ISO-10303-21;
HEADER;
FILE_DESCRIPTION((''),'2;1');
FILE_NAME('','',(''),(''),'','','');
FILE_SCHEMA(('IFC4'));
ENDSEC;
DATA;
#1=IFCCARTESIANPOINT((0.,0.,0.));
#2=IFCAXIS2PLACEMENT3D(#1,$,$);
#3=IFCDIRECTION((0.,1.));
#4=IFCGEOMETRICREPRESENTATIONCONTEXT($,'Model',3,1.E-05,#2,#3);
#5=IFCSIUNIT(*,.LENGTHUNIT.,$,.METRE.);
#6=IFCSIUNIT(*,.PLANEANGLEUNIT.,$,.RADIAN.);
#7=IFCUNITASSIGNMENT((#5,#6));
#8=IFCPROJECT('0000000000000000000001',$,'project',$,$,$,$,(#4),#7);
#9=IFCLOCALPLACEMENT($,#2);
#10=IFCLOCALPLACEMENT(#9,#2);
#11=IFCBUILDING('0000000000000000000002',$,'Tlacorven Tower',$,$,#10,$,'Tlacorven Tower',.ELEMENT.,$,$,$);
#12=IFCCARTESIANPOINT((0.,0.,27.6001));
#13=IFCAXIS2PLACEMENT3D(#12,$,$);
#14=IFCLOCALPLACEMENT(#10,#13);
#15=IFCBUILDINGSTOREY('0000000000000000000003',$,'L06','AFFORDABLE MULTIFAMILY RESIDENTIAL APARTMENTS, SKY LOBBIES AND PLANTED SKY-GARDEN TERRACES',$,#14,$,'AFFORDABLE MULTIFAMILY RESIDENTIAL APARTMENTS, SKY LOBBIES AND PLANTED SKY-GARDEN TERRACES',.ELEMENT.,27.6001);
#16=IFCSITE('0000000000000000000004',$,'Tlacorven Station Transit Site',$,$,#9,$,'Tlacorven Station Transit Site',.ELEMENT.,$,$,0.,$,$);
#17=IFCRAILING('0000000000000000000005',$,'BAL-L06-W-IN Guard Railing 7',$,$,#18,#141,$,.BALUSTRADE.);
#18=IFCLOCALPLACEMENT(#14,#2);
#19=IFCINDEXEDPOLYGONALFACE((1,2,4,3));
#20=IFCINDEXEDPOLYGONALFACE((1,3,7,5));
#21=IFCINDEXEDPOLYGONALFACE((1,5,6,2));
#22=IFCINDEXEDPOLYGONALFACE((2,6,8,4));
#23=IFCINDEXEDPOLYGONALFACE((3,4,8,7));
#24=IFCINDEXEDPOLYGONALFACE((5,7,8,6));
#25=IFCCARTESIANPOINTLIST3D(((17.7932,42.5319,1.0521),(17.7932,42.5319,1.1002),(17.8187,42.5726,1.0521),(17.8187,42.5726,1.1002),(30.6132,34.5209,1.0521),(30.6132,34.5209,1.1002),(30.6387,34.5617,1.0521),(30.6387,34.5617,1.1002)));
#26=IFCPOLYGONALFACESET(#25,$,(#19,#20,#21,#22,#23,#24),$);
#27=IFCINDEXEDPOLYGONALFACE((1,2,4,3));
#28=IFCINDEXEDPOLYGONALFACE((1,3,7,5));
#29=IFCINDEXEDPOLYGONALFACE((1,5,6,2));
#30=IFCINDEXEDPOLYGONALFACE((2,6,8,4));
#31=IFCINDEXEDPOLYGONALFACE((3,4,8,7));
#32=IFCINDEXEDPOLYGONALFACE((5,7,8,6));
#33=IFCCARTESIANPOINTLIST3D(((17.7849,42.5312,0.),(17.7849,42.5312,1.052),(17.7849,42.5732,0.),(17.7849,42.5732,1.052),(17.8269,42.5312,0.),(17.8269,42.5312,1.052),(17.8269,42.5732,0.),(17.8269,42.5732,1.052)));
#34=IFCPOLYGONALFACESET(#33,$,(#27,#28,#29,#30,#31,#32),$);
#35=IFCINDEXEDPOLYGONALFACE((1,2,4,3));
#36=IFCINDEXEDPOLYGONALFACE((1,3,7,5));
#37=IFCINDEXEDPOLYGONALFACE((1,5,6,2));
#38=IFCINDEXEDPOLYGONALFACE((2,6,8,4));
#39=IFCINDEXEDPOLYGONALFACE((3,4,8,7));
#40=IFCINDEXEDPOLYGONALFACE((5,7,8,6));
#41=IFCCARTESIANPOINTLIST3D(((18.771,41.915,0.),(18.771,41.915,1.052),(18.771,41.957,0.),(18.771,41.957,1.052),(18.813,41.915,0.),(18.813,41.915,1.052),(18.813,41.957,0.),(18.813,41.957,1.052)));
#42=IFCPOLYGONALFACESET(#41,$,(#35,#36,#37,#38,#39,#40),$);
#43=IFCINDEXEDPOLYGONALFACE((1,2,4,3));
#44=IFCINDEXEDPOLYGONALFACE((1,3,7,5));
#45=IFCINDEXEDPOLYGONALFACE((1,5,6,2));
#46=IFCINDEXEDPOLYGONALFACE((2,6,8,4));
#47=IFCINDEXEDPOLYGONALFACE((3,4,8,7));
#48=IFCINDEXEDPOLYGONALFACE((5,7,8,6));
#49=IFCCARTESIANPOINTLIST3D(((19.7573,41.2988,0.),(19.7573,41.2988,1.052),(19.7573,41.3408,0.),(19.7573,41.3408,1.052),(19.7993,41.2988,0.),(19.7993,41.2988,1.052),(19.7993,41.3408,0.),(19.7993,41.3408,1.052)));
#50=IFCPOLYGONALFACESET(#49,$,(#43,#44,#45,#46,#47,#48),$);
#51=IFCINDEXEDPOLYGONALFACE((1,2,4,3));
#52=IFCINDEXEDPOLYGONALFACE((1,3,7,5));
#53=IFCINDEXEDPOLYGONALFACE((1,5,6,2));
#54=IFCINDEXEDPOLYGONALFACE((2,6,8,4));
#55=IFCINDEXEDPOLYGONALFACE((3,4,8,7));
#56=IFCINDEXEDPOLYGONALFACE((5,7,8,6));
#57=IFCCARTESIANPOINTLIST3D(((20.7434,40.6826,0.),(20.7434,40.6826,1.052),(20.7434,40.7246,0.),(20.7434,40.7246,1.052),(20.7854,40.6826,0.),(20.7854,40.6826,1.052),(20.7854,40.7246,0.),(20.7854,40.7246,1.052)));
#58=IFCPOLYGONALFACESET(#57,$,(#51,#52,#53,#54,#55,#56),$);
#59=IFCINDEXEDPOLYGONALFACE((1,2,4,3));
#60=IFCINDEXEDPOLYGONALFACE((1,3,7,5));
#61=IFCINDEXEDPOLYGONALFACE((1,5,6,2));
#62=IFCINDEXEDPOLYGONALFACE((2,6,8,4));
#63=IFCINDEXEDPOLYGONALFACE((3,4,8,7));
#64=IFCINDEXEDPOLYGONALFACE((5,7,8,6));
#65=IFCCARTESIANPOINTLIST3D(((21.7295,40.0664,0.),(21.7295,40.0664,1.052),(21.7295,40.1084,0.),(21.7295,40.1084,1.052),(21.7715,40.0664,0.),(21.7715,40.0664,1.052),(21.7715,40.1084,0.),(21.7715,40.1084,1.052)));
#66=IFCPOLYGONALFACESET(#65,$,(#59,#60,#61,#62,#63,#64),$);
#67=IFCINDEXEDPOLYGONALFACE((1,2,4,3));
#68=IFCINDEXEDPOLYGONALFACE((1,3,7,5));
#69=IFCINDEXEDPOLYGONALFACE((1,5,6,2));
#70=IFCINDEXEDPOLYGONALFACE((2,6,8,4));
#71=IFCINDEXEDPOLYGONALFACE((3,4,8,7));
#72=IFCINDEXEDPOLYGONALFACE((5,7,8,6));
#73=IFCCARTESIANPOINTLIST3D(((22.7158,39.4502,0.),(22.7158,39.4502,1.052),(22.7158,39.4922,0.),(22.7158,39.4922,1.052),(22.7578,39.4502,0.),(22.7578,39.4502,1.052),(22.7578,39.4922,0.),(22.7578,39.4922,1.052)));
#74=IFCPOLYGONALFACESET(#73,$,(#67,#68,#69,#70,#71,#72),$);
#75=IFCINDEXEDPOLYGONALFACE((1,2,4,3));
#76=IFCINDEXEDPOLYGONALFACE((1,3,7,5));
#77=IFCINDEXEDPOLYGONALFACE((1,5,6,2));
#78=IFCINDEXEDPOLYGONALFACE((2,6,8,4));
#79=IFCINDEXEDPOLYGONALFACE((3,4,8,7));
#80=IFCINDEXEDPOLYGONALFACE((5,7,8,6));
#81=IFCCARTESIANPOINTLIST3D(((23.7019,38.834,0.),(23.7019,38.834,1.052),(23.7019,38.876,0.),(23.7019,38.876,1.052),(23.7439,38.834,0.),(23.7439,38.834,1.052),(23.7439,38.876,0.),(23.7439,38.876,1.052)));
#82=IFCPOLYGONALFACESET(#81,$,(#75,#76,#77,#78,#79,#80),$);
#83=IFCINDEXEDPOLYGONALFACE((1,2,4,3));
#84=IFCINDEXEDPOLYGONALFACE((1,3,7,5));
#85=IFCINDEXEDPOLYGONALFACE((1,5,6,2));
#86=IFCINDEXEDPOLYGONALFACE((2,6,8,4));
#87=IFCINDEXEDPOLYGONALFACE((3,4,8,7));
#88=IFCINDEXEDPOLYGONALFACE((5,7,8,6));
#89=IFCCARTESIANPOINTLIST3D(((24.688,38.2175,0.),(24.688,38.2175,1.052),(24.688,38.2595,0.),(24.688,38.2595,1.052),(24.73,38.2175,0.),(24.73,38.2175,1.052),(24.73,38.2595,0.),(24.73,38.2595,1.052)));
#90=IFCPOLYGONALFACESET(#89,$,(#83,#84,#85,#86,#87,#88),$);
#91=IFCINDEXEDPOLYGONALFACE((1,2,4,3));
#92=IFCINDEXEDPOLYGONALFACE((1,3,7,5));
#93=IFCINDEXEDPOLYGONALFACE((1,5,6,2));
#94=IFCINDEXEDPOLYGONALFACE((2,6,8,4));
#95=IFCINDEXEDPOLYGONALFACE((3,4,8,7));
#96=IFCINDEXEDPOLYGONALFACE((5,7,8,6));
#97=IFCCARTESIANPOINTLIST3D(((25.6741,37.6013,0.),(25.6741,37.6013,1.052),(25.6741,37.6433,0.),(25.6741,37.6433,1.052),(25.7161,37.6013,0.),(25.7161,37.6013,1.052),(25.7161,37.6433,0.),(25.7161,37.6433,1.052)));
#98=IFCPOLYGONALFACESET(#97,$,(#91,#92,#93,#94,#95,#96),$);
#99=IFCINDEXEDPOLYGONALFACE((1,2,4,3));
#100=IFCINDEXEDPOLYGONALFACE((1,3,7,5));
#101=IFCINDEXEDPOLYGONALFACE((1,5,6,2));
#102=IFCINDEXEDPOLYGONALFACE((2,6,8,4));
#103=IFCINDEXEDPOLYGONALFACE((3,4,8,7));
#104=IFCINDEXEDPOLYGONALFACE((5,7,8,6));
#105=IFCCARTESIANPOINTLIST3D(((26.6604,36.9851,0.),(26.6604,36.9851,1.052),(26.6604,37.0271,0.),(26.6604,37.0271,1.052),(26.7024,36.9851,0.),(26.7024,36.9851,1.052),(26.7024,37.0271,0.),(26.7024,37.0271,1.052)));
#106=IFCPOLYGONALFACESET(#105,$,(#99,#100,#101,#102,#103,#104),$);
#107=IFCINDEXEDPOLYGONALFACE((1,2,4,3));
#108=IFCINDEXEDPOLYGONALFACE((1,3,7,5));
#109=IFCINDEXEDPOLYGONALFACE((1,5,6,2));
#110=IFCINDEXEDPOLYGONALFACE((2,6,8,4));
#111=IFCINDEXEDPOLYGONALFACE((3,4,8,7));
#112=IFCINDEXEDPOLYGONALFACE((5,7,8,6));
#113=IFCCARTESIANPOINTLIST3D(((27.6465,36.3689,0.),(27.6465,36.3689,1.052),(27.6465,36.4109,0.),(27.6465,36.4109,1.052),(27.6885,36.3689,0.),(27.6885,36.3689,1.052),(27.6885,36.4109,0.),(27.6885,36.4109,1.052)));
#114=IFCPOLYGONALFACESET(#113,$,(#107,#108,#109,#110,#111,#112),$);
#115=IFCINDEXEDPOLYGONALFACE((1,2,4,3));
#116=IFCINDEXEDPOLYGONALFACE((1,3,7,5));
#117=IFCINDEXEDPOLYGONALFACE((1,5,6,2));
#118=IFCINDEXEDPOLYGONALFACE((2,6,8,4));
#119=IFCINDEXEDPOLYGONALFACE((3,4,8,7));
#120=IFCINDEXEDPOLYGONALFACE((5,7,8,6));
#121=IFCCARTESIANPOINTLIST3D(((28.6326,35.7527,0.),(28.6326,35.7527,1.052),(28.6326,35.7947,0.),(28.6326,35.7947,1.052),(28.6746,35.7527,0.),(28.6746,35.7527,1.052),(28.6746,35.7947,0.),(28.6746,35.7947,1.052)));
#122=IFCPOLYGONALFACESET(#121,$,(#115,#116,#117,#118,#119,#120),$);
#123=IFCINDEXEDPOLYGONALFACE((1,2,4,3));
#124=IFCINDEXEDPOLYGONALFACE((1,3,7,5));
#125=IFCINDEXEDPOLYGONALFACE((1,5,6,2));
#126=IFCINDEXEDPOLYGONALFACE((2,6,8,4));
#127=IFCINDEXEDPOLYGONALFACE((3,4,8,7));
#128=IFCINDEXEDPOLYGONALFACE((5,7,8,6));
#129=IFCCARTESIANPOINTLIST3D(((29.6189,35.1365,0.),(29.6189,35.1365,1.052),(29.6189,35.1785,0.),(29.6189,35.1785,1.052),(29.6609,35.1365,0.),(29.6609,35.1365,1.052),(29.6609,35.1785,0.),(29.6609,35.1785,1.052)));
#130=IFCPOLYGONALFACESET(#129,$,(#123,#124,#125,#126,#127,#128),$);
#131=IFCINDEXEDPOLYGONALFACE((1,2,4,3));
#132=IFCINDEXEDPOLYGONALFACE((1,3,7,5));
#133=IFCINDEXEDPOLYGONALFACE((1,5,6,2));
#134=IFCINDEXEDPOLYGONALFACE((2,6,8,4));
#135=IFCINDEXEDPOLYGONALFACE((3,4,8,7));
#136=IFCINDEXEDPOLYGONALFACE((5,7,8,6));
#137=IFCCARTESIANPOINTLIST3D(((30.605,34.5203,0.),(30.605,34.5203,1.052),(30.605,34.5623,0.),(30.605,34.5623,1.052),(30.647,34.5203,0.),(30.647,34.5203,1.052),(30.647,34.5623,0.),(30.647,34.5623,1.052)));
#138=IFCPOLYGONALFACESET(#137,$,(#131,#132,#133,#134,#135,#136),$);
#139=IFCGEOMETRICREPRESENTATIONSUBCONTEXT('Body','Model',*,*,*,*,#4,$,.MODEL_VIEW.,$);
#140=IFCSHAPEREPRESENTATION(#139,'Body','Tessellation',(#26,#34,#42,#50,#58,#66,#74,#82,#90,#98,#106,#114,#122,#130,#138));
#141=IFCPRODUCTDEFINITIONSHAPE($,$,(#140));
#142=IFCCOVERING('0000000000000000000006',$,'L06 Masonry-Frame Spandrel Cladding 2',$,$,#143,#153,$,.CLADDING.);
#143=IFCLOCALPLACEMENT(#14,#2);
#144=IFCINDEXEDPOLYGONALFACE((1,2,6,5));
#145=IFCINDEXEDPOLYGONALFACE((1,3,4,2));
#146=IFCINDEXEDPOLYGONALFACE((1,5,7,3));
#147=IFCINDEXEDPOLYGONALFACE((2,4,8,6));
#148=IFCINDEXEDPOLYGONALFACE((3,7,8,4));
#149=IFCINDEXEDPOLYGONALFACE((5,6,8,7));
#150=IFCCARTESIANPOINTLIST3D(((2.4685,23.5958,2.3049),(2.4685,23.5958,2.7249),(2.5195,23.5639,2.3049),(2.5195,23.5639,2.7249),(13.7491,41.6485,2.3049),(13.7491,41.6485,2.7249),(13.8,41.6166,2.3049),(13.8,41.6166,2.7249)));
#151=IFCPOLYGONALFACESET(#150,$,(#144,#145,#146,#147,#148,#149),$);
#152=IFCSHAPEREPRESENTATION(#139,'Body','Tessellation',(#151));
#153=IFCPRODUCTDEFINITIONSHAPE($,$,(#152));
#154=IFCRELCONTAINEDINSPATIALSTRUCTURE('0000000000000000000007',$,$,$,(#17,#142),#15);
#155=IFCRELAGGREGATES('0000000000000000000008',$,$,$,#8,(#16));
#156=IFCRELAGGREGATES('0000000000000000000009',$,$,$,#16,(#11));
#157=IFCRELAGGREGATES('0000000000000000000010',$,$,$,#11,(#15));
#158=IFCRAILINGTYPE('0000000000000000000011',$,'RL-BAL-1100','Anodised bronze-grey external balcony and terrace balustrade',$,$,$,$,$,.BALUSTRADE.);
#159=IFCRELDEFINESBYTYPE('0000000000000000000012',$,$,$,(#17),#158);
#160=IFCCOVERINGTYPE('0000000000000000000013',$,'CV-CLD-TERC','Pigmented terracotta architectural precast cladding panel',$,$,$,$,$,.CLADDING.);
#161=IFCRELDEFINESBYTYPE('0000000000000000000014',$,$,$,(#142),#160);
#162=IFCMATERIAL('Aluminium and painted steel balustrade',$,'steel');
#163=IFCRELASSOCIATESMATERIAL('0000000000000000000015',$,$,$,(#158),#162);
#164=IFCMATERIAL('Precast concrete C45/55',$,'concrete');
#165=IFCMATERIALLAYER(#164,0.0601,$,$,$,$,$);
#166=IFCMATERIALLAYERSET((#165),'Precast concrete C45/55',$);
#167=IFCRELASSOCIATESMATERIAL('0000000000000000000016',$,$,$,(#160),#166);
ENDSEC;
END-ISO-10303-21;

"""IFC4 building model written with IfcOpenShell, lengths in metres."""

from ifc_helpers import new_model, si_unit, direction, frame, origin, origin_2d, place, context, subcontext, project, spatial, rectangle, extrude, source, transform, mapped, material, layer, layer_set, type_object, element, save


model = new_model("IFC4")

# Units and contexts
model_context = context("Model", 3, precision=1e-05, world=origin(), true_north=direction((0.0, 1.0)))
body_context = subcontext(model_context, "Body", "Model", "MODEL_VIEW")
ifc_project = project(units=[si_unit("LENGTHUNIT", "METRE"), si_unit("PLANEANGLEUNIT", "RADIAN")], contexts=[model_context])

# Site, building, storey
site_placement = place(None, origin())
site = spatial("IfcSite", under=ifc_project, at=site_placement, Name="Tlacorven Station Transit Site", LongName="Tlacorven Station Transit Site", CompositionType="ELEMENT", RefElevation=0.0)
building_placement = place(site_placement, origin())
building = spatial("IfcBuilding", under=site, at=building_placement, Name="Tlacorven Tower", LongName="Tlacorven Tower", CompositionType="ELEMENT")
storey_placement = place(building_placement, frame((0.0, 0.0, 27.6001)))
storey = spatial("IfcBuildingStorey", under=building, at=storey_placement, Name="L06", Description="AFFORDABLE MULTIFAMILY RESIDENTIAL APARTMENTS, SKY LOBBIES AND PLANTED SKY-GARDEN TERRACES", LongName="AFFORDABLE MULTIFAMILY RESIDENTIAL APARTMENTS, SKY LOBBIES AND PLANTED SKY-GARDEN TERRACES", CompositionType="ELEMENT", Elevation=27.6001)

# Shared definitions
ifc_material_1 = material(Name="Precast concrete C45/55", Category="concrete")

# Railing
ifc_material_2 = material(Name="Aluminium and painted steel balustrade", Category="steel")
railing_type = type_object("IfcRailingType", Name="RL-BAL-1100", Description="Anodised bronze-grey external balcony and terrace balustrade", PredefinedType="BALUSTRADE", material=ifc_material_2)
shared_shape_1 = source(origin(), body_context, "Body", "SweptSolid", [
    extrude(rectangle(XDim=0.0481, YDim=0.0481, at=origin_2d()), frame((0.0, 0.0, 1.0762), z_axis=(0.848045, -0.529925, 0.0), x_axis=(0.529925, 0.848045, 0.0)), (0.0, 0.0, 1.0), 15.1172),
    extrude(rectangle(XDim=0.042, YDim=0.042, at=origin_2d()), origin(), (0.0, 0.0, 1.0), 1.052),
    extrude(rectangle(XDim=0.042, YDim=0.042, at=origin_2d()), frame((0.9861, -0.6162, 0.0)), (0.0, 0.0, 1.0), 1.052),
    extrude(rectangle(XDim=0.042, YDim=0.042, at=origin_2d()), frame((1.9724, -1.2324, 0.0)), (0.0, 0.0, 1.0), 1.052),
    extrude(rectangle(XDim=0.042, YDim=0.042, at=origin_2d()), frame((2.9585, -1.8486, 0.0)), (0.0, 0.0, 1.0), 1.052),
    extrude(rectangle(XDim=0.042, YDim=0.042, at=origin_2d()), frame((3.9446, -2.4648, 0.0)), (0.0, 0.0, 1.0), 1.052),
    extrude(rectangle(XDim=0.042, YDim=0.042, at=origin_2d()), frame((4.9309, -3.0811, 0.0)), (0.0, 0.0, 1.0), 1.052),
    extrude(rectangle(XDim=0.042, YDim=0.042, at=origin_2d()), frame((5.917, -3.6973, 0.0)), (0.0, 0.0, 1.0), 1.052),
    extrude(rectangle(XDim=0.042, YDim=0.042, at=origin_2d()), frame((6.9031, -4.3137, 0.0)), (0.0, 0.0, 1.0), 1.052),
    extrude(rectangle(XDim=0.042, YDim=0.042, at=origin_2d()), frame((7.8892, -4.9299, 0.0)), (0.0, 0.0, 1.0), 1.052),
    extrude(rectangle(XDim=0.042, YDim=0.042, at=origin_2d()), frame((8.8755, -5.5461, 0.0)), (0.0, 0.0, 1.0), 1.052),
    extrude(rectangle(XDim=0.042, YDim=0.042, at=origin_2d()), frame((9.8616, -6.1624, 0.0)), (0.0, 0.0, 1.0), 1.052),
    extrude(rectangle(XDim=0.042, YDim=0.042, at=origin_2d()), frame((10.8477, -6.7786, 0.0)), (0.0, 0.0, 1.0), 1.052),
    extrude(rectangle(XDim=0.042, YDim=0.042, at=origin_2d()), frame((11.834, -7.3948, 0.0)), (0.0, 0.0, 1.0), 1.052),
    extrude(rectangle(XDim=0.042, YDim=0.042, at=origin_2d()), frame((12.8201, -8.011, 0.0)), (0.0, 0.0, 1.0), 1.052),
])
railing_1_placement = place(storey_placement, frame((17.8059, 42.5522, 0.0)))
element("IfcRailing", 1, at=railing_1_placement, inside=storey, type_object=railing_type, Name="BAL-L06-W-IN Guard Railing 7", PredefinedType="BALUSTRADE", context=body_context, shape_type="MappedRepresentation", body=[
    mapped(shared_shape_1, transform((0.0, 0.0, 0.0), scale=1.0)),
])

# Covering
ifc_layer_1 = layer(ifc_material_1, 0.0601)
ifc_layer_set_1 = layer_set([ifc_layer_1], Name="Precast concrete C45/55")
covering_type = type_object("IfcCoveringType", Name="CV-CLD-TERC", Description="Pigmented terracotta architectural precast cladding panel", PredefinedType="CLADDING", material=ifc_layer_set_1)
shared_shape_2 = source(origin(), body_context, "Body", "SweptSolid", [
    extrude(rectangle(XDim=21.2874, YDim=0.0601, at=origin_2d()), origin(), (0.0, 0.0, 1.0), 0.4199),
])
covering_placement = place(storey_placement, frame((8.1343, 32.6062, 2.3049), z_axis=(0.0, 0.0, 1.0), x_axis=(0.529919, 0.848048, 0.0)))
element("IfcCovering", 2, at=covering_placement, inside=storey, type_object=covering_type, Name="L06 Masonry-Frame Spandrel Cladding 2", PredefinedType="CLADDING", context=body_context, shape_type="MappedRepresentation", body=[
    mapped(shared_shape_2, transform((0.0, 0.0, 0.0), scale=1.0)),
])

save(model, "model.ifc")
